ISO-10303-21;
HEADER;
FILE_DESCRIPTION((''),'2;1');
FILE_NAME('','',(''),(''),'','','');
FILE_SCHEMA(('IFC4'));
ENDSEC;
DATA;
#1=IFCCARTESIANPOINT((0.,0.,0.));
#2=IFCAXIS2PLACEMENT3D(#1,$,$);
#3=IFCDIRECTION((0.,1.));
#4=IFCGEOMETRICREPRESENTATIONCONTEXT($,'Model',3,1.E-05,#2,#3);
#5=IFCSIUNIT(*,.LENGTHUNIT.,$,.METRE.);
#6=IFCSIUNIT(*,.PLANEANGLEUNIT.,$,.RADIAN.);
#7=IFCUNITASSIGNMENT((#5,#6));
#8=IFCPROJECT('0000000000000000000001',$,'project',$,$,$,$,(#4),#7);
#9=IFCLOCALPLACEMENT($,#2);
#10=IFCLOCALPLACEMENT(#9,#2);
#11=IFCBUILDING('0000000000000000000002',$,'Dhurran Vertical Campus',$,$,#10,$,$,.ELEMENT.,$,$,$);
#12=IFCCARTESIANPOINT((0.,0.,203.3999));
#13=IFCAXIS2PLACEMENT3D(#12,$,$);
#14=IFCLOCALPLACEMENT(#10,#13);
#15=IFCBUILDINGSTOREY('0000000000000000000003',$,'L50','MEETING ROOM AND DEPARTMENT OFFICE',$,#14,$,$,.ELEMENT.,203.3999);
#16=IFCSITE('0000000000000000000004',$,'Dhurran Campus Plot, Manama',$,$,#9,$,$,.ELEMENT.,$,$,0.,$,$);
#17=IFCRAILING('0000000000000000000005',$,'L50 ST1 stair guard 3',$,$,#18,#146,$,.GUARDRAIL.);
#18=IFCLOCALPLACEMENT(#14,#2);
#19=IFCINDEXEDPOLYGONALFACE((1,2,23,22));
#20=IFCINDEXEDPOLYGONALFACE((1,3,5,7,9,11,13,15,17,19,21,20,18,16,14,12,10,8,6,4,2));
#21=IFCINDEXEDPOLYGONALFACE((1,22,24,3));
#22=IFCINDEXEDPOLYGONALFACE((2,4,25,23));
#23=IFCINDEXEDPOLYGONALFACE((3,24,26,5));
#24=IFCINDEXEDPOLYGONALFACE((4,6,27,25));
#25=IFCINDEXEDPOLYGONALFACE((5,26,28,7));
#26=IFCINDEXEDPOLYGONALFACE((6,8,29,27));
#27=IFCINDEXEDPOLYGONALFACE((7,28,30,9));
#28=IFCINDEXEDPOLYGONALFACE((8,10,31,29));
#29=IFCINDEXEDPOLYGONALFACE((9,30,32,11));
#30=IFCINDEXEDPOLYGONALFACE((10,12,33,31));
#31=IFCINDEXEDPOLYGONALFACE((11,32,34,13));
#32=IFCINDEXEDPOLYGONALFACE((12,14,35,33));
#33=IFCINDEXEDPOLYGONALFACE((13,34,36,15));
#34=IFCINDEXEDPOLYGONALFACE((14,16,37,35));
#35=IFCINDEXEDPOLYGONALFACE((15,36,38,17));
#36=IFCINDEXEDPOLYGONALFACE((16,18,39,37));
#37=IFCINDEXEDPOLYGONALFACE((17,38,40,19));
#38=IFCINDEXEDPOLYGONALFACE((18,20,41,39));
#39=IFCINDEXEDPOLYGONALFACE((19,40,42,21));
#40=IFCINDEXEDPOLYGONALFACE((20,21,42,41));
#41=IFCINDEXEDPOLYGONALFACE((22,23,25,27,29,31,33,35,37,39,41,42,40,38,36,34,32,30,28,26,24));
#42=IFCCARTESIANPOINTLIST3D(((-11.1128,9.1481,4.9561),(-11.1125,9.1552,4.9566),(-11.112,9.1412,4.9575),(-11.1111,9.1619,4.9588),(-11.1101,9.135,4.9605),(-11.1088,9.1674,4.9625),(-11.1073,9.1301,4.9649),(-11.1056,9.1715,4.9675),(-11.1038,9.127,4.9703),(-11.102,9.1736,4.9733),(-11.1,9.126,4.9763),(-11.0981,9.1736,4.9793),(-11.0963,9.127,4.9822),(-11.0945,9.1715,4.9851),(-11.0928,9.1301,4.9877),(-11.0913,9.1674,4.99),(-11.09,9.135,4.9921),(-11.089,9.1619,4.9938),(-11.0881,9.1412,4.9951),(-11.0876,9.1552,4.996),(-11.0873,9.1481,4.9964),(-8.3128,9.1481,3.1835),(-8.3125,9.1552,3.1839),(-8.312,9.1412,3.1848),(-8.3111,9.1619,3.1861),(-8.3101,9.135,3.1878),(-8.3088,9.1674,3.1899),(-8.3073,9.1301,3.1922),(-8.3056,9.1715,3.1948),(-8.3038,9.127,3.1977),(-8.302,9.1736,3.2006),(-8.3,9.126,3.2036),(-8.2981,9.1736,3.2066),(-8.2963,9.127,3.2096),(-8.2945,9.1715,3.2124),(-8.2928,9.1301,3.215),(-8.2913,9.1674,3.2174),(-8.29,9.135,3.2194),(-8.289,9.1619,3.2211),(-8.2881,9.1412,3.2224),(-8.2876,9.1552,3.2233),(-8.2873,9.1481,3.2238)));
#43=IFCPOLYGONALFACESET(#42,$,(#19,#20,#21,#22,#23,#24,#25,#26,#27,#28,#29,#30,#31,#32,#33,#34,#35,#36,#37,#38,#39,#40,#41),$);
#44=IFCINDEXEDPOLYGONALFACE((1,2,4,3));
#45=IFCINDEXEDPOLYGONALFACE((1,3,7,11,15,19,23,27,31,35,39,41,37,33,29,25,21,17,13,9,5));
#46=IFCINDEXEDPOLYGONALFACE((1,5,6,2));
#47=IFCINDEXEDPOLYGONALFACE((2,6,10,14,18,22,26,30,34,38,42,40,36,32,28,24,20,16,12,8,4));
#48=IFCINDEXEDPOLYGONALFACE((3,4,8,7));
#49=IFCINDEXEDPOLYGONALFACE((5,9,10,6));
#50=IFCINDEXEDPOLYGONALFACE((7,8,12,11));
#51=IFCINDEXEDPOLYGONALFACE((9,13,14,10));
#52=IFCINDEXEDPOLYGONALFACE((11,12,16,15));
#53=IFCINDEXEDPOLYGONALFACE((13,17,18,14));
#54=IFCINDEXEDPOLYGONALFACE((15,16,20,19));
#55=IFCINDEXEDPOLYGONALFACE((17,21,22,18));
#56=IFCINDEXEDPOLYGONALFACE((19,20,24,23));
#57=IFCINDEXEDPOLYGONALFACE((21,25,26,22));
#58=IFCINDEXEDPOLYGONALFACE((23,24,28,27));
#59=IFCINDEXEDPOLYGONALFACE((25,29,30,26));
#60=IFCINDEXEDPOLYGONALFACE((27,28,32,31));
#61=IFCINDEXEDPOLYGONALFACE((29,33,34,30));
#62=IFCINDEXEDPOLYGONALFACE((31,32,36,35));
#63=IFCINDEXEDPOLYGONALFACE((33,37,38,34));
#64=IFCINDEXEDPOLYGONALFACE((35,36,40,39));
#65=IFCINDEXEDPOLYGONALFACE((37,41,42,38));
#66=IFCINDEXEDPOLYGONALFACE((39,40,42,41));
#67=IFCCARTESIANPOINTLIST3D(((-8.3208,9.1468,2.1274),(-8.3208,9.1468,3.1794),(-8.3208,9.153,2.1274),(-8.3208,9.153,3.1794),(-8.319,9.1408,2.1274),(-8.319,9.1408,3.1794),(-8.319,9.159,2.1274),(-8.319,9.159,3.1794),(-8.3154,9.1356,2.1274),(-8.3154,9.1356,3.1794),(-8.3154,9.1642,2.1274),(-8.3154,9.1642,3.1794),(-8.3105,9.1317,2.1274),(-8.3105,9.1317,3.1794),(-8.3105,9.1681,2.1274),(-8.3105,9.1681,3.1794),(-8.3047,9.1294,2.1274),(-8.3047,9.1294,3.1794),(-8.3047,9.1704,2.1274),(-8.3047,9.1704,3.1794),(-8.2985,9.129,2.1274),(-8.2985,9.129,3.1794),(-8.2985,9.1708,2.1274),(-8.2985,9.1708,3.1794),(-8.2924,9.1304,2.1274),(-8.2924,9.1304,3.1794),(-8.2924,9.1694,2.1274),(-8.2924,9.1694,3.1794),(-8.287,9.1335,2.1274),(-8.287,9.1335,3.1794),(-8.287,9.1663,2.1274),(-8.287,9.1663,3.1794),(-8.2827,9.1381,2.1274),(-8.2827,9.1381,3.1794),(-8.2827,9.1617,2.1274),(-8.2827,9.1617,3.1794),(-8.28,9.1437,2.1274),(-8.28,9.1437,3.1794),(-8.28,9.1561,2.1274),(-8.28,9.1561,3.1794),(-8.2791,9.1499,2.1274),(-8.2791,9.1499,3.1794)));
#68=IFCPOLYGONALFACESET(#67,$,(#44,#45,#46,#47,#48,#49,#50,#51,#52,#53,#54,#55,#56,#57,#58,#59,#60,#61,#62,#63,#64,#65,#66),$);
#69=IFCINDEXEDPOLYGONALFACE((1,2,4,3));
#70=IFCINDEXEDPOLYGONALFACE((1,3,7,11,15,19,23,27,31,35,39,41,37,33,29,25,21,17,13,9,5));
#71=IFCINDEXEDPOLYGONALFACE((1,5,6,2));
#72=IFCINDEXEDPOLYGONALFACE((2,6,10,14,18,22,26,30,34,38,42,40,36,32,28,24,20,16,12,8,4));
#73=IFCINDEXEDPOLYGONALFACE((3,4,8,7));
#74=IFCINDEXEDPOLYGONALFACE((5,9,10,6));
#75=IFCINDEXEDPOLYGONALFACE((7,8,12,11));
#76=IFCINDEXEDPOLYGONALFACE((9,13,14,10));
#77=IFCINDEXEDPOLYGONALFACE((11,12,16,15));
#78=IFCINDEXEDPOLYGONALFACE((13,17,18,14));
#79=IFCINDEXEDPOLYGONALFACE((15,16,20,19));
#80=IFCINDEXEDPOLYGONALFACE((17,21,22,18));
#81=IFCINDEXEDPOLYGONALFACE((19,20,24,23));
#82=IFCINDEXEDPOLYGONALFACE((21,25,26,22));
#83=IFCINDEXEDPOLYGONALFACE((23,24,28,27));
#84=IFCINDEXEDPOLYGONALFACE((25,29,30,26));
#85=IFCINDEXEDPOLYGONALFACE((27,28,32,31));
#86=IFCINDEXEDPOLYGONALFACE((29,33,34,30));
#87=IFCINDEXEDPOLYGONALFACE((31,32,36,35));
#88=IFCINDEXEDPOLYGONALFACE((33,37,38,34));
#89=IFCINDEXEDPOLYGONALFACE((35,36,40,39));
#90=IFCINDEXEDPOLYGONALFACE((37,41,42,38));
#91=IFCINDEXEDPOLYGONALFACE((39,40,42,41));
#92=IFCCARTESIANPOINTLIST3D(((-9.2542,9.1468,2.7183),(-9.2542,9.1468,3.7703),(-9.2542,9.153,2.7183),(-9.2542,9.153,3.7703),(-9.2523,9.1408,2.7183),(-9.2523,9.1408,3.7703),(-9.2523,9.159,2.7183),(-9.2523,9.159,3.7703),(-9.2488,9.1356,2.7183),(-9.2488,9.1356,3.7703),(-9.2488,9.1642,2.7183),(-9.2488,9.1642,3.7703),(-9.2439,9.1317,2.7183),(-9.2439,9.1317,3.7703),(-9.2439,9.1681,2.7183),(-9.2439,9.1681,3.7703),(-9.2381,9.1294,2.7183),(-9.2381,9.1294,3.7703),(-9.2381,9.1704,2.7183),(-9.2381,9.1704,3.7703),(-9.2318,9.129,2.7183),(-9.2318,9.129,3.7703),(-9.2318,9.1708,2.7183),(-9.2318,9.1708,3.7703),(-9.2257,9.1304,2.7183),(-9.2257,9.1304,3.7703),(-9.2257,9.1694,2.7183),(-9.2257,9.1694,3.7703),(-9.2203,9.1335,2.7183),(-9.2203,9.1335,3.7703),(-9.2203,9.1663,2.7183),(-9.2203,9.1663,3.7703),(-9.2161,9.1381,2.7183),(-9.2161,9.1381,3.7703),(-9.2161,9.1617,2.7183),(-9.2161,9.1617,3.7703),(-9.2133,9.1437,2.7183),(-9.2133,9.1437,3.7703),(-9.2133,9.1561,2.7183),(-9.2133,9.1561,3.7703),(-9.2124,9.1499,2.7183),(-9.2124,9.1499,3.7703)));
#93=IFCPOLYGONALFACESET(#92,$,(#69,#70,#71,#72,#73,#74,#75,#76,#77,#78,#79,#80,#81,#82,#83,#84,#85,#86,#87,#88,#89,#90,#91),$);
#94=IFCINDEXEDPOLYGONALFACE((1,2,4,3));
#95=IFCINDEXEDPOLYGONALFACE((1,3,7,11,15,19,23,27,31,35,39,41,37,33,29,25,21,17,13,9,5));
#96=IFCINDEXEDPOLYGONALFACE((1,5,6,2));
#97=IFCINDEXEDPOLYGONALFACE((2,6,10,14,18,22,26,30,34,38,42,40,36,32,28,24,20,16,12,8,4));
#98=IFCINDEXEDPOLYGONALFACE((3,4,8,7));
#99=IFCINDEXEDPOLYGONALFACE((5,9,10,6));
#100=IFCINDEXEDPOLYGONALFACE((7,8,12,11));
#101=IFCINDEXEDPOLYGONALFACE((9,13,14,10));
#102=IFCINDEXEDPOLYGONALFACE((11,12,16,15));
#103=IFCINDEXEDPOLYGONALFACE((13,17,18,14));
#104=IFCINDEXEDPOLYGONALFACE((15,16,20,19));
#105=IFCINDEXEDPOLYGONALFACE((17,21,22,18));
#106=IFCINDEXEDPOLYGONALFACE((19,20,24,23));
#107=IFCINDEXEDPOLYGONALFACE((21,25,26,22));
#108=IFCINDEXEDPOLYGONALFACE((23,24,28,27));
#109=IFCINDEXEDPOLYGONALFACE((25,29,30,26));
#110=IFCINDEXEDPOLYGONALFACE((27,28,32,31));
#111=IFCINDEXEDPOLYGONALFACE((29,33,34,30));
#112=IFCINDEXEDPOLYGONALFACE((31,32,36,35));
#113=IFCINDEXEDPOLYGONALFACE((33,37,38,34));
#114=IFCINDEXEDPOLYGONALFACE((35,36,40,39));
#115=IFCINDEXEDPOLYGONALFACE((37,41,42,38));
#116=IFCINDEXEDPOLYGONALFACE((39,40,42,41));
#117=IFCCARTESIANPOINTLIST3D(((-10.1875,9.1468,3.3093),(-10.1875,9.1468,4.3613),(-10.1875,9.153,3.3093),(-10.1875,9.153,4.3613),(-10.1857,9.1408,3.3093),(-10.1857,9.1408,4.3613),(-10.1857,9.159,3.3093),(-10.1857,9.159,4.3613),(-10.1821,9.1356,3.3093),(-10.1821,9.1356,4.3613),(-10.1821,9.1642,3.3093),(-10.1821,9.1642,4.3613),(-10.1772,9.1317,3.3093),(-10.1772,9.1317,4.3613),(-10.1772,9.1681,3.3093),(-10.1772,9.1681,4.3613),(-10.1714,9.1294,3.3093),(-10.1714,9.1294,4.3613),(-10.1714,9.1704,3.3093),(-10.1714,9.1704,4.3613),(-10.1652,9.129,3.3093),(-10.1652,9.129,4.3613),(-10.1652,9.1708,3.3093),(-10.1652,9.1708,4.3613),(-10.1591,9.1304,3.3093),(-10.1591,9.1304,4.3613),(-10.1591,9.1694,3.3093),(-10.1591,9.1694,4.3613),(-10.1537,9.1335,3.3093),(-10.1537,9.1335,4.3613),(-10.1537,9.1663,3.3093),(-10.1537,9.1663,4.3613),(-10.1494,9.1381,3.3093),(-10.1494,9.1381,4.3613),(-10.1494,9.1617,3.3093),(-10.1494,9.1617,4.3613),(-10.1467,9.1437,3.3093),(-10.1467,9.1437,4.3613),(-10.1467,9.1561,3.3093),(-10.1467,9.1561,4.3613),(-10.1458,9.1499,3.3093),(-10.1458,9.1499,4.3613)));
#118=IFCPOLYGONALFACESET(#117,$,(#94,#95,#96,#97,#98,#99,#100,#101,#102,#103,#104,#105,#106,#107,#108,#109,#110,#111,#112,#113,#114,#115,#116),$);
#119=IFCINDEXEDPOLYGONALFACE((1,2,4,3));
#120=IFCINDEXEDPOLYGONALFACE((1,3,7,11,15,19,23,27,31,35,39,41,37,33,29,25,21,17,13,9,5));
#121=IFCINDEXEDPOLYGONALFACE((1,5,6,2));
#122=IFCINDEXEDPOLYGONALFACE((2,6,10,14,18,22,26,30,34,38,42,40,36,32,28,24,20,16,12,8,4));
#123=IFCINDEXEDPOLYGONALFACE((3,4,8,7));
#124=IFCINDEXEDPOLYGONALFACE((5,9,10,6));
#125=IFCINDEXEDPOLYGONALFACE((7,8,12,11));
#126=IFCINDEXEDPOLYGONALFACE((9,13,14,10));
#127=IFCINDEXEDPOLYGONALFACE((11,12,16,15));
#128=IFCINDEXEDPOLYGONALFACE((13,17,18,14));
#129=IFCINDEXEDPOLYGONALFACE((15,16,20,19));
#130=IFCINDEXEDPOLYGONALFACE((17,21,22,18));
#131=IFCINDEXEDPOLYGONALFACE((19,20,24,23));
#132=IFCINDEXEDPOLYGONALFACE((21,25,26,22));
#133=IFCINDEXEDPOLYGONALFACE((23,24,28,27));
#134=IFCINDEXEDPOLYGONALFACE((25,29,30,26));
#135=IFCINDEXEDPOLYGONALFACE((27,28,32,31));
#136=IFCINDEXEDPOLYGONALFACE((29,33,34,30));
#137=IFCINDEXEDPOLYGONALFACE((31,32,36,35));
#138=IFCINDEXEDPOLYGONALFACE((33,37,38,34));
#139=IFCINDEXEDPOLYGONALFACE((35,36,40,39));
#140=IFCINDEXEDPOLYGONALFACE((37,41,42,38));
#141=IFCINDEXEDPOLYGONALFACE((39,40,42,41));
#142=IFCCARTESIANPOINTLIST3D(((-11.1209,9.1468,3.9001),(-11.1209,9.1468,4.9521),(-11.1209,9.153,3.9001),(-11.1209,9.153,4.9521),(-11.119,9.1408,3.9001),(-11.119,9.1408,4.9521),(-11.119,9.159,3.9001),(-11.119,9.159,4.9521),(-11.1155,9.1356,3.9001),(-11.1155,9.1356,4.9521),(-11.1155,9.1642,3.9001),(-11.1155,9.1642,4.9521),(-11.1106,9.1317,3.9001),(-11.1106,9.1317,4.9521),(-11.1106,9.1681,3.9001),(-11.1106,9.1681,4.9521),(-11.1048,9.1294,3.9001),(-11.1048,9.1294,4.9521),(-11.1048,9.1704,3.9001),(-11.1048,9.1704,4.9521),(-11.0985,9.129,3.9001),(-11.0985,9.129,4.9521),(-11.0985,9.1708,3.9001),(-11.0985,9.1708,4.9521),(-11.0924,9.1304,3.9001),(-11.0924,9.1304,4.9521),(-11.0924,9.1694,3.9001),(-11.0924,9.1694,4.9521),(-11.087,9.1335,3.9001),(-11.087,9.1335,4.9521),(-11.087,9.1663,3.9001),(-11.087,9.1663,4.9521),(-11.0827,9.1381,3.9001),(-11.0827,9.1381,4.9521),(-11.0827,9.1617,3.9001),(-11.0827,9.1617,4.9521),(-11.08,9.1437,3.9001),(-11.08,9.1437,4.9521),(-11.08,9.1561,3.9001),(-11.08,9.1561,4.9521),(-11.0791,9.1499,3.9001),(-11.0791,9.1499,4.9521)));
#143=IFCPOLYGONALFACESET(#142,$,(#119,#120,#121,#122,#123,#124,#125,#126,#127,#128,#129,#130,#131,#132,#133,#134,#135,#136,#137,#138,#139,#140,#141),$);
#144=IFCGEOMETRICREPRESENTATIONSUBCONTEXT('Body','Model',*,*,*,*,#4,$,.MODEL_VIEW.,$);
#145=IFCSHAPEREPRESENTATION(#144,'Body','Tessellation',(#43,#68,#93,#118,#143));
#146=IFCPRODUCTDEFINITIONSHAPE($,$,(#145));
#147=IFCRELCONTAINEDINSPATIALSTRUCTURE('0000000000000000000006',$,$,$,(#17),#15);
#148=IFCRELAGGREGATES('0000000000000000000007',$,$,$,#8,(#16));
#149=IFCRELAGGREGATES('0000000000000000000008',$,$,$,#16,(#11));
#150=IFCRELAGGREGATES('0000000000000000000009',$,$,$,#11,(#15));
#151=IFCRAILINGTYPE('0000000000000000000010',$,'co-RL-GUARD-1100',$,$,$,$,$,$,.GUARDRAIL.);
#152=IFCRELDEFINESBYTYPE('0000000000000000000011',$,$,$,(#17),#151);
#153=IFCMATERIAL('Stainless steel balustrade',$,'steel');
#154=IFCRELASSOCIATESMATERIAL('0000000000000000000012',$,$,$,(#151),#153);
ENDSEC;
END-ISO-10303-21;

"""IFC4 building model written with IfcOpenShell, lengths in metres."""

from ifc_helpers import new_model, si_unit, direction, frame, origin, origin_2d, place, context, subcontext, project, spatial, circle, extrude, material, type_object, element, save


model = new_model("IFC4")

# Units and contexts
model_context = context("Model", 3, precision=1e-05, world=origin(), true_north=direction((0.0, 1.0)))
body_context = subcontext(model_context, "Body", "Model", "MODEL_VIEW")
ifc_project = project(units=[si_unit("LENGTHUNIT", "METRE"), si_unit("PLANEANGLEUNIT", "RADIAN")], contexts=[model_context])

# Site, building, storey
site_placement = place(None, origin())
site = spatial("IfcSite", under=ifc_project, at=site_placement, Name="Dhurran Campus Plot, Manama", CompositionType="ELEMENT", RefElevation=0.0)
building_placement = place(site_placement, origin())
building = spatial("IfcBuilding", under=site, at=building_placement, Name="Dhurran Vertical Campus", CompositionType="ELEMENT")
storey_placement = place(building_placement, frame((0.0, 0.0, 203.3999)))
storey = spatial("IfcBuildingStorey", under=building, at=storey_placement, Name="L50", Description="MEETING ROOM AND DEPARTMENT OFFICE", CompositionType="ELEMENT", Elevation=203.3999)

# Railing
ifc_material_1 = material(Name="Stainless steel balustrade", Category="steel")
railing_type_1 = type_object("IfcRailingType", Name="co-RL-GUARD-1100", PredefinedType="GUARDRAIL", material=ifc_material_1)
railing_1_placement = place(storey_placement, frame((-8.3, 9.1499, 2.1274)))
element("IfcRailing", 1, at=railing_1_placement, inside=storey, type_object=railing_type_1, Name="L50 ST1 stair guard 3", PredefinedType="GUARDRAIL", context=body_context, shape_type="SweptSolid", body=[
    extrude(circle(Radius=0.0239, at=origin_2d()), frame((0.0, 0.0, 1.0762), z_axis=(-0.844909, 0.0, 0.53491), x_axis=(0.0, -1.0, 0.0)), (0.0, 0.0, 1.0), 3.314),
    extrude(circle(Radius=0.021, at=origin_2d()), origin(), (0.0, 0.0, 1.0), 1.052),
    extrude(circle(Radius=0.021, at=origin_2d()), frame((-0.9333, 0.0, 0.5908)), (0.0, 0.0, 1.0), 1.052),
    extrude(circle(Radius=0.021, at=origin_2d()), frame((-1.8667, 0.0, 1.1819)), (0.0, 0.0, 1.0), 1.052),
    extrude(circle(Radius=0.021, at=origin_2d()), frame((-2.8, 0.0, 1.7727)), (0.0, 0.0, 1.0), 1.052),
])

save(model, "model.ifc")
